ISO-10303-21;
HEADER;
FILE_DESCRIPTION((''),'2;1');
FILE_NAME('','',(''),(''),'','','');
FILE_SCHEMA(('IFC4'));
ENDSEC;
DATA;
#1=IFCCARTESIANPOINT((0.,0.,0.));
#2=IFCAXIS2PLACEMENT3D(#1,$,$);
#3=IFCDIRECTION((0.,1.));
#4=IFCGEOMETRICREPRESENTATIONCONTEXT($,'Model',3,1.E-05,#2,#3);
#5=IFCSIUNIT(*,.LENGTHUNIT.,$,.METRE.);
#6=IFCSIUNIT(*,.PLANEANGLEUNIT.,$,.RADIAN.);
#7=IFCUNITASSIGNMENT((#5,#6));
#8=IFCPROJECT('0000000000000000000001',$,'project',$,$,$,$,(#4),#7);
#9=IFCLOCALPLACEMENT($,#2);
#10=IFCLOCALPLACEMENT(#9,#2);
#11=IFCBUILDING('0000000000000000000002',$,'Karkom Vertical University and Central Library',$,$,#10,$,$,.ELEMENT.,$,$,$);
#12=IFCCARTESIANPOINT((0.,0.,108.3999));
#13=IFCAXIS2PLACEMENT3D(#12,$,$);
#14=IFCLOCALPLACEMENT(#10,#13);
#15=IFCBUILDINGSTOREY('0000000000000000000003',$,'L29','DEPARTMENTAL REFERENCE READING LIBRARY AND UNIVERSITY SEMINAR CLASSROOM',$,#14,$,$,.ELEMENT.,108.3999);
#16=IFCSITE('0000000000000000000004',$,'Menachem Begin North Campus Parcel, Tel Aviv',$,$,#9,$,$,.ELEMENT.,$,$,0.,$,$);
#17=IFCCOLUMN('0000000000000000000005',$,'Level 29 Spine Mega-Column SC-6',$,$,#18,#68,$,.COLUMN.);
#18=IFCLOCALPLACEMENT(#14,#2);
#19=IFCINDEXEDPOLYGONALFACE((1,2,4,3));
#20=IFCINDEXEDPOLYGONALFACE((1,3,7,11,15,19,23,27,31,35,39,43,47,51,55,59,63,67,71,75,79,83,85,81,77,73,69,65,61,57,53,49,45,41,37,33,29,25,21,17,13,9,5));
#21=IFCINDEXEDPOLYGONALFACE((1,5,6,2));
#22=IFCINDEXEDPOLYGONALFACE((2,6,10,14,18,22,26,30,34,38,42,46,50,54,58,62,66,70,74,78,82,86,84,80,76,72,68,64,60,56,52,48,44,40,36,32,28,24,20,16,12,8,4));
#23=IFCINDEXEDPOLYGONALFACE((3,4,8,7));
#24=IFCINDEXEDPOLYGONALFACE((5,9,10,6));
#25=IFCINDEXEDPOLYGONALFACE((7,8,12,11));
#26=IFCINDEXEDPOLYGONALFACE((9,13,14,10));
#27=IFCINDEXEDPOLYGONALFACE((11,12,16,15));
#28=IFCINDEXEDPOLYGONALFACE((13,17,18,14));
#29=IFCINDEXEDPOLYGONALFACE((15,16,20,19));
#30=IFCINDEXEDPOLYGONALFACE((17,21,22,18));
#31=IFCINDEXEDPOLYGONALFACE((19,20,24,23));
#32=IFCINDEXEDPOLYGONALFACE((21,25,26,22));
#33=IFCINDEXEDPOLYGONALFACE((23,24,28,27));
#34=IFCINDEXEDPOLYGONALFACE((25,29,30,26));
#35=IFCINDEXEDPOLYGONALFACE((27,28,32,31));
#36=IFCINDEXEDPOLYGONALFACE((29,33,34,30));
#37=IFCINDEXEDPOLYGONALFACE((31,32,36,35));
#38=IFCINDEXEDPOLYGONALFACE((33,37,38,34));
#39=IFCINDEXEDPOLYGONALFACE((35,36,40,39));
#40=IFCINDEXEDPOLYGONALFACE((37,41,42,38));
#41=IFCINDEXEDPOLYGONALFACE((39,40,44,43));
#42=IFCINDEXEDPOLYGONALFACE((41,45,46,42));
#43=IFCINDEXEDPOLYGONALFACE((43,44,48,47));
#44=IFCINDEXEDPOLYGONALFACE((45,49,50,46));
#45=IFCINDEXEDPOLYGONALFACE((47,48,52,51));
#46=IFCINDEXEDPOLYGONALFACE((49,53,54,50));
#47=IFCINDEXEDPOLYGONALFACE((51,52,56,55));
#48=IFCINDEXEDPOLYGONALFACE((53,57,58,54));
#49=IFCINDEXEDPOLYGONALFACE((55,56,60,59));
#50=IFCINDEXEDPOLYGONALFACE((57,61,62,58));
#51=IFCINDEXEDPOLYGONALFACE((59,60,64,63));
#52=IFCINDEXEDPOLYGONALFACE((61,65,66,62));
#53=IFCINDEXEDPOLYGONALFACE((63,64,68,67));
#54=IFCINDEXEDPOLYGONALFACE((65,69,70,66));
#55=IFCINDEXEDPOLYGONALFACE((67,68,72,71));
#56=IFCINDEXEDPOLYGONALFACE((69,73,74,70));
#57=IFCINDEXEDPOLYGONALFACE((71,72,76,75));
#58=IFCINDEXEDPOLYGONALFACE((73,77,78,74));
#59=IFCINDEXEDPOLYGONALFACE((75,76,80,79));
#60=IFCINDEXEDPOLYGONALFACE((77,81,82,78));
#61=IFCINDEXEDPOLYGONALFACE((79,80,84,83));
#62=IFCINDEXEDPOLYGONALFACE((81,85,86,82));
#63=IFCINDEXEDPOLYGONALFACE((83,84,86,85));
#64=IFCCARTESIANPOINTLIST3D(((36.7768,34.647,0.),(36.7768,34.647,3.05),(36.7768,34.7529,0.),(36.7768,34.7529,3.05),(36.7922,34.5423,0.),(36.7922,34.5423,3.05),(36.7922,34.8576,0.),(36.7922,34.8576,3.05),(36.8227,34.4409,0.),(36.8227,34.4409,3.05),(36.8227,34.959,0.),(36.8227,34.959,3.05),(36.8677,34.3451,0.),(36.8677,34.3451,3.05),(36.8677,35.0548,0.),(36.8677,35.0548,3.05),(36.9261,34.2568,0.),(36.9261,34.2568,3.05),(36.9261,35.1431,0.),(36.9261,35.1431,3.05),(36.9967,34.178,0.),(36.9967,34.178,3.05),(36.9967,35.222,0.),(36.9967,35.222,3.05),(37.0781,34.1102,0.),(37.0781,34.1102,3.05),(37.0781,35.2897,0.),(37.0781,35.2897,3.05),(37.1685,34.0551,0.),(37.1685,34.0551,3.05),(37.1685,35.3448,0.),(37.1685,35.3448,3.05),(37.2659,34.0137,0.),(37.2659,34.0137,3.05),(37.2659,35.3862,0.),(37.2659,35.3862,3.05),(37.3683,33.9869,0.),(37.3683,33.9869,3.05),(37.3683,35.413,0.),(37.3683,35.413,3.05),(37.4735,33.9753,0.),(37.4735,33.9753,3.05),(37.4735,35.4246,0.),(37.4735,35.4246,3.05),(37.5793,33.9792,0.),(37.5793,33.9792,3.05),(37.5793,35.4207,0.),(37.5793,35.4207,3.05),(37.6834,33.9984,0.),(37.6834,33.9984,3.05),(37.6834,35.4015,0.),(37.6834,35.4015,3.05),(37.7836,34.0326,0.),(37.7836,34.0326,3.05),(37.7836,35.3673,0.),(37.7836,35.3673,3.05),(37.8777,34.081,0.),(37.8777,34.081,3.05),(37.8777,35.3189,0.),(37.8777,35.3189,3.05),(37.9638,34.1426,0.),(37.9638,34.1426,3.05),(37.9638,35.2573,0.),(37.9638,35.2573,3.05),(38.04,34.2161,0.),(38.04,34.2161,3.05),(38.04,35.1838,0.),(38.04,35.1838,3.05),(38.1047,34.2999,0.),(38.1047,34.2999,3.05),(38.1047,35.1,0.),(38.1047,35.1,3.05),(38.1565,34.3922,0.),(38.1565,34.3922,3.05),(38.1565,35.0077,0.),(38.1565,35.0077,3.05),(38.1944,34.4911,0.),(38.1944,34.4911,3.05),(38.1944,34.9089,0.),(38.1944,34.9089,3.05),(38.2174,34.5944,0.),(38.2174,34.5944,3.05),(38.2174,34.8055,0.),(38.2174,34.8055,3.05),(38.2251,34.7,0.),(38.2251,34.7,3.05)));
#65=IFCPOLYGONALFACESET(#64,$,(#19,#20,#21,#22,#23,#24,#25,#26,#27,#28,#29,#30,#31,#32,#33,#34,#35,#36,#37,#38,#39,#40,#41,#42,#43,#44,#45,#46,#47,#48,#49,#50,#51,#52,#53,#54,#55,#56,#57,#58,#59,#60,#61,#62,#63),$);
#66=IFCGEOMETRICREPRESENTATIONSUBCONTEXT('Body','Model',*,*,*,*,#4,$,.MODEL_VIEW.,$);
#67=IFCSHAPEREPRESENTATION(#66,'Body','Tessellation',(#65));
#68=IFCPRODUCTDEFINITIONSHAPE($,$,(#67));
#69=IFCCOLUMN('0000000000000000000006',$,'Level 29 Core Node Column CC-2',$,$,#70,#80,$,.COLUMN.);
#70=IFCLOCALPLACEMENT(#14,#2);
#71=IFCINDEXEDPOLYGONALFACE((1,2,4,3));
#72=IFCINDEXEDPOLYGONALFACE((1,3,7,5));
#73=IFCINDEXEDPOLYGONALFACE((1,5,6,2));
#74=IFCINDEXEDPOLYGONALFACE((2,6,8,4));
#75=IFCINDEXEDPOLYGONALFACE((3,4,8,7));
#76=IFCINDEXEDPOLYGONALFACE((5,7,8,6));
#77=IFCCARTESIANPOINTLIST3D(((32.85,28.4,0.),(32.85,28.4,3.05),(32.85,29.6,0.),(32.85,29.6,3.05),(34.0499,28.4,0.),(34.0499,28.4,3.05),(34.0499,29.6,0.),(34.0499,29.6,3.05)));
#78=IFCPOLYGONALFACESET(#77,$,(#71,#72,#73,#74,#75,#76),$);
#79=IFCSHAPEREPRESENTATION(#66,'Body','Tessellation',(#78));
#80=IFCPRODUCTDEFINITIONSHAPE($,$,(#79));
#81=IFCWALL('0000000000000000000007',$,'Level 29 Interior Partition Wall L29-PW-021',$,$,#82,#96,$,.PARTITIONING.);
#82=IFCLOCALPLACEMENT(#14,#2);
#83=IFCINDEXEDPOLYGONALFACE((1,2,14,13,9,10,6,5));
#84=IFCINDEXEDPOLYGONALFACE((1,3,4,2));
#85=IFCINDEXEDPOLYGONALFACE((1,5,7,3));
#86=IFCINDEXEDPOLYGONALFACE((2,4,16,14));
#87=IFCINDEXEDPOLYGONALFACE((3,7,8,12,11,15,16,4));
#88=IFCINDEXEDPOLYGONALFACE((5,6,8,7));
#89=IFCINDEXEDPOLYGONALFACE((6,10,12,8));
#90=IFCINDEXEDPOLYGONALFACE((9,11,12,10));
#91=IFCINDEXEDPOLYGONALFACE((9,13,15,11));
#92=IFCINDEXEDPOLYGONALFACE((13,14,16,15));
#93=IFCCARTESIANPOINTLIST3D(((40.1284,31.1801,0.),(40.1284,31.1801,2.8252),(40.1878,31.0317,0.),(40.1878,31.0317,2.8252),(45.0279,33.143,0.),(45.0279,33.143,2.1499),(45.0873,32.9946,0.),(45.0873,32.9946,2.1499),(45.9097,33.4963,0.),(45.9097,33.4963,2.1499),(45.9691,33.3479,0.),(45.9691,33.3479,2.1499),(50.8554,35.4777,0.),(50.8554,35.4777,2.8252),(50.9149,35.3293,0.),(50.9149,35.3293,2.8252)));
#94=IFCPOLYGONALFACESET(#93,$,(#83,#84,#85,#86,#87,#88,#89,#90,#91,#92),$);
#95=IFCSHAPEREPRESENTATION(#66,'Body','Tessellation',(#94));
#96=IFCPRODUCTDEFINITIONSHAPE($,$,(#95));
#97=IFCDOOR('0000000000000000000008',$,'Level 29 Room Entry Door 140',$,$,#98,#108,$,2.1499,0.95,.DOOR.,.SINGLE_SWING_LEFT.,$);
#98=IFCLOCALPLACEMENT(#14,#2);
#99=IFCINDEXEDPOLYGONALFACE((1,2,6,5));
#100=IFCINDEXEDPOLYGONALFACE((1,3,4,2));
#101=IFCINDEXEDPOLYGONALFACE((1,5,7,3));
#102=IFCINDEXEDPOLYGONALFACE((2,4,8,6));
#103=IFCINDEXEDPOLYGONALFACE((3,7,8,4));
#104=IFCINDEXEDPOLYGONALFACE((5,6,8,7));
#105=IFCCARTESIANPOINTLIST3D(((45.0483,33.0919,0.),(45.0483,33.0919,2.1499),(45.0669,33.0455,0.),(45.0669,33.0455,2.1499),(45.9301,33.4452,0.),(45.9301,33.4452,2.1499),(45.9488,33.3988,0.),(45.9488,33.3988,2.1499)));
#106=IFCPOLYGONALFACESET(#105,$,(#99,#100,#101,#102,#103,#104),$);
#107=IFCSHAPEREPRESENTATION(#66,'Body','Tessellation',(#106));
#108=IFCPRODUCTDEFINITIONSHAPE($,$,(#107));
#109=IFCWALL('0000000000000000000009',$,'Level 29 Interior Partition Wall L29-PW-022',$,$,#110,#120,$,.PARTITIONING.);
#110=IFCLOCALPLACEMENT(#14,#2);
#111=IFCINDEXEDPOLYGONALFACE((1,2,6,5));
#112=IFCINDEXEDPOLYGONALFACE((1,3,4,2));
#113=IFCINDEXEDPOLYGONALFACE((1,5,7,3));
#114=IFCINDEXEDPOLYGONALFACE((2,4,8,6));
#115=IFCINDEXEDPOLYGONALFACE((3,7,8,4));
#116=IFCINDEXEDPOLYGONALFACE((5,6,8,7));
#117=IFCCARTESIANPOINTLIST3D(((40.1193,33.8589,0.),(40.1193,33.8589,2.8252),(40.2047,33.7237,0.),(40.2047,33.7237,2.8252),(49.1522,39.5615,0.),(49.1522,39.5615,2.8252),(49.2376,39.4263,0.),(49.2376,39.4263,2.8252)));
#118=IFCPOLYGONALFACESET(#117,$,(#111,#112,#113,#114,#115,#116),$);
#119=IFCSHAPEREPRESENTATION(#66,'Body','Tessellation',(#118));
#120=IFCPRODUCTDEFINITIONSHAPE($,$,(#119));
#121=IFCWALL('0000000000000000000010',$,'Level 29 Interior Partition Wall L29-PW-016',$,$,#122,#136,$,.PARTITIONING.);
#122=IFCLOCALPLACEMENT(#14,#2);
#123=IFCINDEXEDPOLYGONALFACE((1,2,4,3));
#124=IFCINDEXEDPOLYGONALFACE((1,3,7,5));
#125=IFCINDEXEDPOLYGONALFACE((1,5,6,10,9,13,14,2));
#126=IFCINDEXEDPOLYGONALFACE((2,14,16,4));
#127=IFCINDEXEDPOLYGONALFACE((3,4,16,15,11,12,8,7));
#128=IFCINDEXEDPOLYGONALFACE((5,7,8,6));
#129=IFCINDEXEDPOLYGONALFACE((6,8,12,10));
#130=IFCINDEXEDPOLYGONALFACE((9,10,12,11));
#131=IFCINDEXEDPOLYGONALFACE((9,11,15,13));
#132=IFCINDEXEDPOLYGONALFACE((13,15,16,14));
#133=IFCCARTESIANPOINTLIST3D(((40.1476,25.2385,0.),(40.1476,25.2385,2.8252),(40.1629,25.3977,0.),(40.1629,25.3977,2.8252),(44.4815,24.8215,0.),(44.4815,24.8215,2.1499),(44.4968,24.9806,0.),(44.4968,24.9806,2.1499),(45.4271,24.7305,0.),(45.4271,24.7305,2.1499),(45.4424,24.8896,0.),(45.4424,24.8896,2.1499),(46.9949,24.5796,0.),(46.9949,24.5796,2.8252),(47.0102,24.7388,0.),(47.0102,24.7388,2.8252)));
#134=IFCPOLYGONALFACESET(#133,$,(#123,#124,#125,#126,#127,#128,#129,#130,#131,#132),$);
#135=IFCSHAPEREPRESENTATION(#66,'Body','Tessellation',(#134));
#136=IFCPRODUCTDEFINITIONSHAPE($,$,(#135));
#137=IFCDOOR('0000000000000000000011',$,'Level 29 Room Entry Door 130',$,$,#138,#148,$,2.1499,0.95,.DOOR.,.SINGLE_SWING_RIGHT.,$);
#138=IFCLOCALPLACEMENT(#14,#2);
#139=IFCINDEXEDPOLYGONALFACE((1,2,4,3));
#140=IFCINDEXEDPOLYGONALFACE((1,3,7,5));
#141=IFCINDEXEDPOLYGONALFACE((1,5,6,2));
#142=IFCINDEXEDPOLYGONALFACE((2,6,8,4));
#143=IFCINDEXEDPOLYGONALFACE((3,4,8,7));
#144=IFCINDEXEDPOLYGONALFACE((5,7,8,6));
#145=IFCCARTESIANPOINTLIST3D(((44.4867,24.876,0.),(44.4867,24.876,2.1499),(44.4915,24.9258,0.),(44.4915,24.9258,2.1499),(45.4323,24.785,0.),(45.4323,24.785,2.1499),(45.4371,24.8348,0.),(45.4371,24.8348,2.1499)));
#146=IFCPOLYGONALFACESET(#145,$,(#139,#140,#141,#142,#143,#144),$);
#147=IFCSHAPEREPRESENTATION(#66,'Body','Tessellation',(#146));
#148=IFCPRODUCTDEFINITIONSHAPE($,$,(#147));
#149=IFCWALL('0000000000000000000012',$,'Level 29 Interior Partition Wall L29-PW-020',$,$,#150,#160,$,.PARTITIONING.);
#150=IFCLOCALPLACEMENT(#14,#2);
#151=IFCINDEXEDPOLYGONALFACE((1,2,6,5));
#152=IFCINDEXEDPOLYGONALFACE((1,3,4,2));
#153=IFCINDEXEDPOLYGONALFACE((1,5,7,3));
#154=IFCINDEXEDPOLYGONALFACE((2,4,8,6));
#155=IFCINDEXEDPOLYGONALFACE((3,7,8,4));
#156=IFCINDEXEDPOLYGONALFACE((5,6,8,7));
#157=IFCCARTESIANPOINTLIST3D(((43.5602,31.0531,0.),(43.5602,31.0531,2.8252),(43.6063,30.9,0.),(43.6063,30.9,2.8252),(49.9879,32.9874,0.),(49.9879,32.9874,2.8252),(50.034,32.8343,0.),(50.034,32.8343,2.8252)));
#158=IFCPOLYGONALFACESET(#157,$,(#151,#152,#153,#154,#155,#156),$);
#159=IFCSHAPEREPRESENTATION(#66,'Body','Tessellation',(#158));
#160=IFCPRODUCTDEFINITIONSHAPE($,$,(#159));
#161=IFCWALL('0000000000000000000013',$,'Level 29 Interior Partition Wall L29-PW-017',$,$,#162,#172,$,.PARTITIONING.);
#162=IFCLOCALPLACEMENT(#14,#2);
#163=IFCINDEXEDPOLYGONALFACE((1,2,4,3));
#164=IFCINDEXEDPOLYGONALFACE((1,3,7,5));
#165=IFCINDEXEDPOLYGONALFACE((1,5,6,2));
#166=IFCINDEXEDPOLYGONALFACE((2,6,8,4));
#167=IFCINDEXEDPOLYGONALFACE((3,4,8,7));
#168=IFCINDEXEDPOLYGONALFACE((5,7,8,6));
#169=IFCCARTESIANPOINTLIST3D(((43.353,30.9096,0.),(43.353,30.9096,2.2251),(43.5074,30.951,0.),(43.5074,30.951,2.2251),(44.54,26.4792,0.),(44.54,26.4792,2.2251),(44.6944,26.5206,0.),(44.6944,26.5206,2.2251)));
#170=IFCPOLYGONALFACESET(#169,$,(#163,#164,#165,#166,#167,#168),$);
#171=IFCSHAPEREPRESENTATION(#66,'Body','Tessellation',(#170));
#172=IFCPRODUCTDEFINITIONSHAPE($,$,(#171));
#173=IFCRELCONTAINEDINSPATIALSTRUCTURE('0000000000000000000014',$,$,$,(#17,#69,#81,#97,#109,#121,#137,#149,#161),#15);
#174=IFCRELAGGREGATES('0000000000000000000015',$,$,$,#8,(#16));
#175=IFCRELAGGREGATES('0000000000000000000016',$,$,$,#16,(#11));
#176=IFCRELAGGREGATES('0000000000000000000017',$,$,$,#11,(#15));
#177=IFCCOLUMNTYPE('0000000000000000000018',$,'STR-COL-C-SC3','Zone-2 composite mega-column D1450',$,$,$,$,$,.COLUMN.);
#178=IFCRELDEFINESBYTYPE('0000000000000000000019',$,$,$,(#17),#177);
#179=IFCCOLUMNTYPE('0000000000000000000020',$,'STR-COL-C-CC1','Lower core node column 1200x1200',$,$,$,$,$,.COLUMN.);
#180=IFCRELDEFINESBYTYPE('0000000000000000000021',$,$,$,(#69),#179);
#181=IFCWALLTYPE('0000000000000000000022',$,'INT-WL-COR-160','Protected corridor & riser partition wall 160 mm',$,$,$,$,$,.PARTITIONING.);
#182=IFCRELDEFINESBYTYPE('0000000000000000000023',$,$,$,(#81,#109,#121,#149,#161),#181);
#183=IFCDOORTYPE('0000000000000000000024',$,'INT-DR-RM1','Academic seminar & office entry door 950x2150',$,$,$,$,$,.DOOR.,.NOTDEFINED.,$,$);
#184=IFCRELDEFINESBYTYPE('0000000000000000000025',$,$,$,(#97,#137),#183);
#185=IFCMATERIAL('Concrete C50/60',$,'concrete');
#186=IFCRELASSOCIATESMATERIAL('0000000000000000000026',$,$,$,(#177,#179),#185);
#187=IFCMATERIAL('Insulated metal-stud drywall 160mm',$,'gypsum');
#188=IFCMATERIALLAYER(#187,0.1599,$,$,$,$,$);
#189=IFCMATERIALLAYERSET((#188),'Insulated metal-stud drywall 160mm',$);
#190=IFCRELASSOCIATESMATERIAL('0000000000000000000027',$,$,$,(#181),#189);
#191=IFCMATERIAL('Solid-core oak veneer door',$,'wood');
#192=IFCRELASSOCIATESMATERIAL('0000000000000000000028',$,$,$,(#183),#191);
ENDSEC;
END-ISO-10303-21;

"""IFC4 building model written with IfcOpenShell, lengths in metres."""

from ifc_helpers import new_model, si_unit, direction, frame, frame_2d, origin, origin_with_axes, origin_2d, place, context, subcontext, project, spatial, rectangle, circle, extrude, source, transform, mapped, material, layer, layer_set, material_profile, profile_set, type_object, element, fill, save


model = new_model("IFC4")

# Units and contexts
model_context = context("Model", 3, precision=1e-05, world=origin(), true_north=direction((0.0, 1.0)))
body_context = subcontext(model_context, "Body", "Model", "MODEL_VIEW")
ifc_project = project(units=[si_unit("LENGTHUNIT", "METRE"), si_unit("PLANEANGLEUNIT", "RADIAN")], contexts=[model_context])

# Site, building, storey
site_placement = place(None, origin())
site = spatial("IfcSite", under=ifc_project, at=site_placement, Name="Menachem Begin North Campus Parcel, Tel Aviv", CompositionType="ELEMENT", RefElevation=0.0)
building_placement = place(site_placement, origin())
building = spatial("IfcBuilding", under=site, at=building_placement, Name="Karkom Vertical University and Central Library", CompositionType="ELEMENT")
storey_placement = place(building_placement, frame((0.0, 0.0, 108.3999)))
storey = spatial("IfcBuildingStorey", under=building, at=storey_placement, Name="L29", Description="DEPARTMENTAL REFERENCE READING LIBRARY AND UNIVERSITY SEMINAR CLASSROOM", CompositionType="ELEMENT", Elevation=108.3999)

# Columns
ifc_material_1 = material(Name="Concrete C50/60", Category="concrete")
ifc_material_profile_1 = material_profile(ifc_material_1, circle(Radius=0.7251, at=origin_2d()), Name="CFT-D1450")
ifc_profile_set_1 = profile_set([ifc_material_profile_1], Name="Concrete C50/60")
column_type_1 = type_object("IfcColumnType", Name="STR-COL-C-SC3", Description="Zone-2 composite mega-column D1450", PredefinedType="COLUMN", material=ifc_profile_set_1)
shared_shape_1 = source(origin_with_axes(), body_context, "Body", "SweptSolid", [
    extrude(circle(Radius=0.7251, at=origin_2d()), origin(), (0.0, 0.0, 1.0), 3.05),
])
column_1_placement = place(storey_placement, frame((37.5, 34.7, 0.0), z_axis=(0.0, 0.0, 1.0), x_axis=(1.0, 0.0, 0.0)))
element("IfcColumn", 1, at=column_1_placement, inside=storey, type_object=column_type_1, Name="Level 29 Spine Mega-Column SC-6", PredefinedType="COLUMN", context=body_context, shape_type="MappedRepresentation", body=[
    mapped(shared_shape_1, transform((0.0, 0.0, 0.0), scale=1.0)),
])
ifc_material_profile_2 = material_profile(ifc_material_1, rectangle(XDim=1.2, YDim=1.2, at=origin_2d()), Name="RC-1200x1200")
ifc_profile_set_2 = profile_set([ifc_material_profile_2], Name="Concrete C50/60")
column_type_2 = type_object("IfcColumnType", Name="STR-COL-C-CC1", Description="Lower core node column 1200x1200", PredefinedType="COLUMN", material=ifc_profile_set_2)
shared_shape_2 = source(origin_with_axes(), body_context, "Body", "SweptSolid", [
    extrude(rectangle(XDim=1.2, YDim=1.2, at=origin_2d()), origin(), (0.0, 0.0, 1.0), 3.05),
])
column_2_placement = place(storey_placement, frame((33.45, 29.0, 0.0), z_axis=(0.0, 0.0, 1.0), x_axis=(1.0, 0.0, 0.0)))
element("IfcColumn", 2, at=column_2_placement, inside=storey, type_object=column_type_2, Name="Level 29 Core Node Column CC-2", PredefinedType="COLUMN", context=body_context, shape_type="MappedRepresentation", body=[
    mapped(shared_shape_2, transform((0.0, 0.0, 0.0), scale=1.0)),
])

# Wall, opening, door
ifc_material_2 = material(Name="Insulated metal-stud drywall 160mm", Category="gypsum")
ifc_layer_1 = layer(ifc_material_2, 0.1599)
ifc_layer_set_1 = layer_set([ifc_layer_1], Name="Insulated metal-stud drywall 160mm")
wall_type_1 = type_object("IfcWallType", Name="INT-WL-COR-160", Description="Protected corridor & riser partition wall 160 mm", PredefinedType="PARTITIONING", material=ifc_layer_set_1)
wall_1_placement = place(storey_placement, frame((40.1582, 31.106, 0.0), z_axis=(0.0, 0.0, 1.0), x_axis=(0.928274, 0.371897, 0.0)))
wall_1 = element("IfcWall", 3, at=wall_1_placement, inside=storey, type_object=wall_type_1, Name="Level 29 Interior Partition Wall L29-PW-021", PredefinedType="PARTITIONING", context=body_context, shape_type="SweptSolid", body=[
    extrude(rectangle(XDim=11.5559, YDim=0.1599, at=frame_2d((5.7778, 0.0))), origin(), (0.0, 0.0, 1.0), 2.8252),
])
opening_1_placement = place(wall_1_placement, frame((5.2778, 0.0, 0.0)))
opening_1 = element("IfcOpeningElement", 4, at=opening_1_placement, cuts=wall_1, PredefinedType="OPENING", context=body_context, shape_type="SweptSolid", body=[
    extrude(rectangle(XDim=0.95, YDim=2.1499, at=frame_2d((0.4751, 1.075))), frame((0.0, 0.0898, 0.0), z_axis=(0.0, -1.0, 0.0), x_axis=(1.0, 0.0, 0.0)), (0.0, 0.0, 1.0), 0.1799),
])
ifc_material_3 = material(Name="Solid-core oak veneer door", Category="wood")
door_type_1 = type_object("IfcDoorType", Name="INT-DR-RM1", Description="Academic seminar & office entry door 950x2150", OperationType="NOTDEFINED", PredefinedType="DOOR", material=ifc_material_3)
shared_shape_3 = source(origin_with_axes(), body_context, "Body", "SweptSolid", [
    extrude(rectangle(XDim=0.95, YDim=2.1499, at=frame_2d((0.4751, 1.075))), frame((0.0, 0.0249, 0.0), z_axis=(0.0, -1.0, 0.0), x_axis=(1.0, 0.0, 0.0)), (0.0, 0.0, 1.0), 0.05),
])
door_1_placement = place(opening_1_placement, origin())
door_1 = element("IfcDoor", 5, at=door_1_placement, inside=storey, type_object=door_type_1, Name="Level 29 Room Entry Door 140", OperationType="SINGLE_SWING_LEFT", OverallHeight=2.1499, OverallWidth=0.95, PredefinedType="DOOR", context=body_context, shape_type="MappedRepresentation", body=[
    mapped(shared_shape_3, transform((0.0, 0.0, 0.0), scale=1.0)),
])
fill(opening_1, door_1)

# Wall
wall_2_placement = place(storey_placement, frame((40.1619, 33.7913, 0.0), z_axis=(0.0, 0.0, 1.0), x_axis=(0.84559, 0.533833, 0.0)))
element("IfcWall", 6, at=wall_2_placement, inside=storey, type_object=wall_type_1, Name="Level 29 Interior Partition Wall L29-PW-022", PredefinedType="PARTITIONING", context=body_context, shape_type="SweptSolid", body=[
    extrude(rectangle(XDim=10.6824, YDim=0.1599, at=frame_2d((5.3413, 0.0))), origin(), (0.0, 0.0, 1.0), 2.8252),
])

# Wall, opening, door
wall_3_placement = place(storey_placement, frame((40.1553, 25.3181, 0.0), z_axis=(0.0, 0.0, 1.0), x_axis=(0.995401, -0.095792, 0.0)))
wall_3 = element("IfcWall", 7, at=wall_3_placement, inside=storey, type_object=wall_type_1, Name="Level 29 Interior Partition Wall L29-PW-016", PredefinedType="PARTITIONING", context=body_context, shape_type="SweptSolid", body=[
    extrude(rectangle(XDim=6.8789, YDim=0.1599, at=frame_2d((3.4395, 0.0))), origin(), (0.0, 0.0, 1.0), 2.8252),
])
opening_2_placement = place(wall_3_placement, frame((4.3538, 0.0, 0.0)))
opening_2 = element("IfcOpeningElement", 8, at=opening_2_placement, cuts=wall_3, PredefinedType="OPENING", context=body_context, shape_type="SweptSolid", body=[
    extrude(rectangle(XDim=0.95, YDim=2.1499, at=frame_2d((0.4751, 1.075))), frame((0.0, 0.0898, 0.0), z_axis=(0.0, -1.0, 0.0), x_axis=(1.0, 0.0, 0.0)), (0.0, 0.0, 1.0), 0.1799),
])
door_2_placement = place(opening_2_placement, origin())
door_2 = element("IfcDoor", 9, at=door_2_placement, inside=storey, type_object=door_type_1, Name="Level 29 Room Entry Door 130", OperationType="SINGLE_SWING_RIGHT", OverallHeight=2.1499, OverallWidth=0.95, PredefinedType="DOOR", context=body_context, shape_type="MappedRepresentation", body=[
    mapped(shared_shape_3, transform((0.0, 0.0, 0.0), scale=1.0)),
])
fill(opening_2, door_2)

# Walls
wall_4_placement = place(storey_placement, frame((43.5833, 30.9766, 0.0), z_axis=(0.0, 0.0, 1.0), x_axis=(0.95758, 0.288169, 0.0)))
element("IfcWall", 10, at=wall_4_placement, inside=storey, type_object=wall_type_1, Name="Level 29 Interior Partition Wall L29-PW-020", PredefinedType="PARTITIONING", context=body_context, shape_type="SweptSolid", body=[
    extrude(rectangle(XDim=6.7124, YDim=0.1599, at=frame_2d((3.3562, 0.0))), origin(), (0.0, 0.0, 1.0), 2.8252),
])
wall_5_placement = place(storey_placement, frame((43.4302, 30.9304, 0.0), z_axis=(0.0, 0.0, 1.0), x_axis=(0.258796, -0.965932, 0.0)))
element("IfcWall", 11, at=wall_5_placement, inside=storey, type_object=wall_type_1, Name="Level 29 Interior Partition Wall L29-PW-017", PredefinedType="PARTITIONING", context=body_context, shape_type="SweptSolid", body=[
    extrude(rectangle(XDim=4.5867, YDim=0.1599, at=frame_2d((2.2935, 0.0))), origin(), (0.0, 0.0, 1.0), 2.2251),
])

save(model, "model.ifc")
